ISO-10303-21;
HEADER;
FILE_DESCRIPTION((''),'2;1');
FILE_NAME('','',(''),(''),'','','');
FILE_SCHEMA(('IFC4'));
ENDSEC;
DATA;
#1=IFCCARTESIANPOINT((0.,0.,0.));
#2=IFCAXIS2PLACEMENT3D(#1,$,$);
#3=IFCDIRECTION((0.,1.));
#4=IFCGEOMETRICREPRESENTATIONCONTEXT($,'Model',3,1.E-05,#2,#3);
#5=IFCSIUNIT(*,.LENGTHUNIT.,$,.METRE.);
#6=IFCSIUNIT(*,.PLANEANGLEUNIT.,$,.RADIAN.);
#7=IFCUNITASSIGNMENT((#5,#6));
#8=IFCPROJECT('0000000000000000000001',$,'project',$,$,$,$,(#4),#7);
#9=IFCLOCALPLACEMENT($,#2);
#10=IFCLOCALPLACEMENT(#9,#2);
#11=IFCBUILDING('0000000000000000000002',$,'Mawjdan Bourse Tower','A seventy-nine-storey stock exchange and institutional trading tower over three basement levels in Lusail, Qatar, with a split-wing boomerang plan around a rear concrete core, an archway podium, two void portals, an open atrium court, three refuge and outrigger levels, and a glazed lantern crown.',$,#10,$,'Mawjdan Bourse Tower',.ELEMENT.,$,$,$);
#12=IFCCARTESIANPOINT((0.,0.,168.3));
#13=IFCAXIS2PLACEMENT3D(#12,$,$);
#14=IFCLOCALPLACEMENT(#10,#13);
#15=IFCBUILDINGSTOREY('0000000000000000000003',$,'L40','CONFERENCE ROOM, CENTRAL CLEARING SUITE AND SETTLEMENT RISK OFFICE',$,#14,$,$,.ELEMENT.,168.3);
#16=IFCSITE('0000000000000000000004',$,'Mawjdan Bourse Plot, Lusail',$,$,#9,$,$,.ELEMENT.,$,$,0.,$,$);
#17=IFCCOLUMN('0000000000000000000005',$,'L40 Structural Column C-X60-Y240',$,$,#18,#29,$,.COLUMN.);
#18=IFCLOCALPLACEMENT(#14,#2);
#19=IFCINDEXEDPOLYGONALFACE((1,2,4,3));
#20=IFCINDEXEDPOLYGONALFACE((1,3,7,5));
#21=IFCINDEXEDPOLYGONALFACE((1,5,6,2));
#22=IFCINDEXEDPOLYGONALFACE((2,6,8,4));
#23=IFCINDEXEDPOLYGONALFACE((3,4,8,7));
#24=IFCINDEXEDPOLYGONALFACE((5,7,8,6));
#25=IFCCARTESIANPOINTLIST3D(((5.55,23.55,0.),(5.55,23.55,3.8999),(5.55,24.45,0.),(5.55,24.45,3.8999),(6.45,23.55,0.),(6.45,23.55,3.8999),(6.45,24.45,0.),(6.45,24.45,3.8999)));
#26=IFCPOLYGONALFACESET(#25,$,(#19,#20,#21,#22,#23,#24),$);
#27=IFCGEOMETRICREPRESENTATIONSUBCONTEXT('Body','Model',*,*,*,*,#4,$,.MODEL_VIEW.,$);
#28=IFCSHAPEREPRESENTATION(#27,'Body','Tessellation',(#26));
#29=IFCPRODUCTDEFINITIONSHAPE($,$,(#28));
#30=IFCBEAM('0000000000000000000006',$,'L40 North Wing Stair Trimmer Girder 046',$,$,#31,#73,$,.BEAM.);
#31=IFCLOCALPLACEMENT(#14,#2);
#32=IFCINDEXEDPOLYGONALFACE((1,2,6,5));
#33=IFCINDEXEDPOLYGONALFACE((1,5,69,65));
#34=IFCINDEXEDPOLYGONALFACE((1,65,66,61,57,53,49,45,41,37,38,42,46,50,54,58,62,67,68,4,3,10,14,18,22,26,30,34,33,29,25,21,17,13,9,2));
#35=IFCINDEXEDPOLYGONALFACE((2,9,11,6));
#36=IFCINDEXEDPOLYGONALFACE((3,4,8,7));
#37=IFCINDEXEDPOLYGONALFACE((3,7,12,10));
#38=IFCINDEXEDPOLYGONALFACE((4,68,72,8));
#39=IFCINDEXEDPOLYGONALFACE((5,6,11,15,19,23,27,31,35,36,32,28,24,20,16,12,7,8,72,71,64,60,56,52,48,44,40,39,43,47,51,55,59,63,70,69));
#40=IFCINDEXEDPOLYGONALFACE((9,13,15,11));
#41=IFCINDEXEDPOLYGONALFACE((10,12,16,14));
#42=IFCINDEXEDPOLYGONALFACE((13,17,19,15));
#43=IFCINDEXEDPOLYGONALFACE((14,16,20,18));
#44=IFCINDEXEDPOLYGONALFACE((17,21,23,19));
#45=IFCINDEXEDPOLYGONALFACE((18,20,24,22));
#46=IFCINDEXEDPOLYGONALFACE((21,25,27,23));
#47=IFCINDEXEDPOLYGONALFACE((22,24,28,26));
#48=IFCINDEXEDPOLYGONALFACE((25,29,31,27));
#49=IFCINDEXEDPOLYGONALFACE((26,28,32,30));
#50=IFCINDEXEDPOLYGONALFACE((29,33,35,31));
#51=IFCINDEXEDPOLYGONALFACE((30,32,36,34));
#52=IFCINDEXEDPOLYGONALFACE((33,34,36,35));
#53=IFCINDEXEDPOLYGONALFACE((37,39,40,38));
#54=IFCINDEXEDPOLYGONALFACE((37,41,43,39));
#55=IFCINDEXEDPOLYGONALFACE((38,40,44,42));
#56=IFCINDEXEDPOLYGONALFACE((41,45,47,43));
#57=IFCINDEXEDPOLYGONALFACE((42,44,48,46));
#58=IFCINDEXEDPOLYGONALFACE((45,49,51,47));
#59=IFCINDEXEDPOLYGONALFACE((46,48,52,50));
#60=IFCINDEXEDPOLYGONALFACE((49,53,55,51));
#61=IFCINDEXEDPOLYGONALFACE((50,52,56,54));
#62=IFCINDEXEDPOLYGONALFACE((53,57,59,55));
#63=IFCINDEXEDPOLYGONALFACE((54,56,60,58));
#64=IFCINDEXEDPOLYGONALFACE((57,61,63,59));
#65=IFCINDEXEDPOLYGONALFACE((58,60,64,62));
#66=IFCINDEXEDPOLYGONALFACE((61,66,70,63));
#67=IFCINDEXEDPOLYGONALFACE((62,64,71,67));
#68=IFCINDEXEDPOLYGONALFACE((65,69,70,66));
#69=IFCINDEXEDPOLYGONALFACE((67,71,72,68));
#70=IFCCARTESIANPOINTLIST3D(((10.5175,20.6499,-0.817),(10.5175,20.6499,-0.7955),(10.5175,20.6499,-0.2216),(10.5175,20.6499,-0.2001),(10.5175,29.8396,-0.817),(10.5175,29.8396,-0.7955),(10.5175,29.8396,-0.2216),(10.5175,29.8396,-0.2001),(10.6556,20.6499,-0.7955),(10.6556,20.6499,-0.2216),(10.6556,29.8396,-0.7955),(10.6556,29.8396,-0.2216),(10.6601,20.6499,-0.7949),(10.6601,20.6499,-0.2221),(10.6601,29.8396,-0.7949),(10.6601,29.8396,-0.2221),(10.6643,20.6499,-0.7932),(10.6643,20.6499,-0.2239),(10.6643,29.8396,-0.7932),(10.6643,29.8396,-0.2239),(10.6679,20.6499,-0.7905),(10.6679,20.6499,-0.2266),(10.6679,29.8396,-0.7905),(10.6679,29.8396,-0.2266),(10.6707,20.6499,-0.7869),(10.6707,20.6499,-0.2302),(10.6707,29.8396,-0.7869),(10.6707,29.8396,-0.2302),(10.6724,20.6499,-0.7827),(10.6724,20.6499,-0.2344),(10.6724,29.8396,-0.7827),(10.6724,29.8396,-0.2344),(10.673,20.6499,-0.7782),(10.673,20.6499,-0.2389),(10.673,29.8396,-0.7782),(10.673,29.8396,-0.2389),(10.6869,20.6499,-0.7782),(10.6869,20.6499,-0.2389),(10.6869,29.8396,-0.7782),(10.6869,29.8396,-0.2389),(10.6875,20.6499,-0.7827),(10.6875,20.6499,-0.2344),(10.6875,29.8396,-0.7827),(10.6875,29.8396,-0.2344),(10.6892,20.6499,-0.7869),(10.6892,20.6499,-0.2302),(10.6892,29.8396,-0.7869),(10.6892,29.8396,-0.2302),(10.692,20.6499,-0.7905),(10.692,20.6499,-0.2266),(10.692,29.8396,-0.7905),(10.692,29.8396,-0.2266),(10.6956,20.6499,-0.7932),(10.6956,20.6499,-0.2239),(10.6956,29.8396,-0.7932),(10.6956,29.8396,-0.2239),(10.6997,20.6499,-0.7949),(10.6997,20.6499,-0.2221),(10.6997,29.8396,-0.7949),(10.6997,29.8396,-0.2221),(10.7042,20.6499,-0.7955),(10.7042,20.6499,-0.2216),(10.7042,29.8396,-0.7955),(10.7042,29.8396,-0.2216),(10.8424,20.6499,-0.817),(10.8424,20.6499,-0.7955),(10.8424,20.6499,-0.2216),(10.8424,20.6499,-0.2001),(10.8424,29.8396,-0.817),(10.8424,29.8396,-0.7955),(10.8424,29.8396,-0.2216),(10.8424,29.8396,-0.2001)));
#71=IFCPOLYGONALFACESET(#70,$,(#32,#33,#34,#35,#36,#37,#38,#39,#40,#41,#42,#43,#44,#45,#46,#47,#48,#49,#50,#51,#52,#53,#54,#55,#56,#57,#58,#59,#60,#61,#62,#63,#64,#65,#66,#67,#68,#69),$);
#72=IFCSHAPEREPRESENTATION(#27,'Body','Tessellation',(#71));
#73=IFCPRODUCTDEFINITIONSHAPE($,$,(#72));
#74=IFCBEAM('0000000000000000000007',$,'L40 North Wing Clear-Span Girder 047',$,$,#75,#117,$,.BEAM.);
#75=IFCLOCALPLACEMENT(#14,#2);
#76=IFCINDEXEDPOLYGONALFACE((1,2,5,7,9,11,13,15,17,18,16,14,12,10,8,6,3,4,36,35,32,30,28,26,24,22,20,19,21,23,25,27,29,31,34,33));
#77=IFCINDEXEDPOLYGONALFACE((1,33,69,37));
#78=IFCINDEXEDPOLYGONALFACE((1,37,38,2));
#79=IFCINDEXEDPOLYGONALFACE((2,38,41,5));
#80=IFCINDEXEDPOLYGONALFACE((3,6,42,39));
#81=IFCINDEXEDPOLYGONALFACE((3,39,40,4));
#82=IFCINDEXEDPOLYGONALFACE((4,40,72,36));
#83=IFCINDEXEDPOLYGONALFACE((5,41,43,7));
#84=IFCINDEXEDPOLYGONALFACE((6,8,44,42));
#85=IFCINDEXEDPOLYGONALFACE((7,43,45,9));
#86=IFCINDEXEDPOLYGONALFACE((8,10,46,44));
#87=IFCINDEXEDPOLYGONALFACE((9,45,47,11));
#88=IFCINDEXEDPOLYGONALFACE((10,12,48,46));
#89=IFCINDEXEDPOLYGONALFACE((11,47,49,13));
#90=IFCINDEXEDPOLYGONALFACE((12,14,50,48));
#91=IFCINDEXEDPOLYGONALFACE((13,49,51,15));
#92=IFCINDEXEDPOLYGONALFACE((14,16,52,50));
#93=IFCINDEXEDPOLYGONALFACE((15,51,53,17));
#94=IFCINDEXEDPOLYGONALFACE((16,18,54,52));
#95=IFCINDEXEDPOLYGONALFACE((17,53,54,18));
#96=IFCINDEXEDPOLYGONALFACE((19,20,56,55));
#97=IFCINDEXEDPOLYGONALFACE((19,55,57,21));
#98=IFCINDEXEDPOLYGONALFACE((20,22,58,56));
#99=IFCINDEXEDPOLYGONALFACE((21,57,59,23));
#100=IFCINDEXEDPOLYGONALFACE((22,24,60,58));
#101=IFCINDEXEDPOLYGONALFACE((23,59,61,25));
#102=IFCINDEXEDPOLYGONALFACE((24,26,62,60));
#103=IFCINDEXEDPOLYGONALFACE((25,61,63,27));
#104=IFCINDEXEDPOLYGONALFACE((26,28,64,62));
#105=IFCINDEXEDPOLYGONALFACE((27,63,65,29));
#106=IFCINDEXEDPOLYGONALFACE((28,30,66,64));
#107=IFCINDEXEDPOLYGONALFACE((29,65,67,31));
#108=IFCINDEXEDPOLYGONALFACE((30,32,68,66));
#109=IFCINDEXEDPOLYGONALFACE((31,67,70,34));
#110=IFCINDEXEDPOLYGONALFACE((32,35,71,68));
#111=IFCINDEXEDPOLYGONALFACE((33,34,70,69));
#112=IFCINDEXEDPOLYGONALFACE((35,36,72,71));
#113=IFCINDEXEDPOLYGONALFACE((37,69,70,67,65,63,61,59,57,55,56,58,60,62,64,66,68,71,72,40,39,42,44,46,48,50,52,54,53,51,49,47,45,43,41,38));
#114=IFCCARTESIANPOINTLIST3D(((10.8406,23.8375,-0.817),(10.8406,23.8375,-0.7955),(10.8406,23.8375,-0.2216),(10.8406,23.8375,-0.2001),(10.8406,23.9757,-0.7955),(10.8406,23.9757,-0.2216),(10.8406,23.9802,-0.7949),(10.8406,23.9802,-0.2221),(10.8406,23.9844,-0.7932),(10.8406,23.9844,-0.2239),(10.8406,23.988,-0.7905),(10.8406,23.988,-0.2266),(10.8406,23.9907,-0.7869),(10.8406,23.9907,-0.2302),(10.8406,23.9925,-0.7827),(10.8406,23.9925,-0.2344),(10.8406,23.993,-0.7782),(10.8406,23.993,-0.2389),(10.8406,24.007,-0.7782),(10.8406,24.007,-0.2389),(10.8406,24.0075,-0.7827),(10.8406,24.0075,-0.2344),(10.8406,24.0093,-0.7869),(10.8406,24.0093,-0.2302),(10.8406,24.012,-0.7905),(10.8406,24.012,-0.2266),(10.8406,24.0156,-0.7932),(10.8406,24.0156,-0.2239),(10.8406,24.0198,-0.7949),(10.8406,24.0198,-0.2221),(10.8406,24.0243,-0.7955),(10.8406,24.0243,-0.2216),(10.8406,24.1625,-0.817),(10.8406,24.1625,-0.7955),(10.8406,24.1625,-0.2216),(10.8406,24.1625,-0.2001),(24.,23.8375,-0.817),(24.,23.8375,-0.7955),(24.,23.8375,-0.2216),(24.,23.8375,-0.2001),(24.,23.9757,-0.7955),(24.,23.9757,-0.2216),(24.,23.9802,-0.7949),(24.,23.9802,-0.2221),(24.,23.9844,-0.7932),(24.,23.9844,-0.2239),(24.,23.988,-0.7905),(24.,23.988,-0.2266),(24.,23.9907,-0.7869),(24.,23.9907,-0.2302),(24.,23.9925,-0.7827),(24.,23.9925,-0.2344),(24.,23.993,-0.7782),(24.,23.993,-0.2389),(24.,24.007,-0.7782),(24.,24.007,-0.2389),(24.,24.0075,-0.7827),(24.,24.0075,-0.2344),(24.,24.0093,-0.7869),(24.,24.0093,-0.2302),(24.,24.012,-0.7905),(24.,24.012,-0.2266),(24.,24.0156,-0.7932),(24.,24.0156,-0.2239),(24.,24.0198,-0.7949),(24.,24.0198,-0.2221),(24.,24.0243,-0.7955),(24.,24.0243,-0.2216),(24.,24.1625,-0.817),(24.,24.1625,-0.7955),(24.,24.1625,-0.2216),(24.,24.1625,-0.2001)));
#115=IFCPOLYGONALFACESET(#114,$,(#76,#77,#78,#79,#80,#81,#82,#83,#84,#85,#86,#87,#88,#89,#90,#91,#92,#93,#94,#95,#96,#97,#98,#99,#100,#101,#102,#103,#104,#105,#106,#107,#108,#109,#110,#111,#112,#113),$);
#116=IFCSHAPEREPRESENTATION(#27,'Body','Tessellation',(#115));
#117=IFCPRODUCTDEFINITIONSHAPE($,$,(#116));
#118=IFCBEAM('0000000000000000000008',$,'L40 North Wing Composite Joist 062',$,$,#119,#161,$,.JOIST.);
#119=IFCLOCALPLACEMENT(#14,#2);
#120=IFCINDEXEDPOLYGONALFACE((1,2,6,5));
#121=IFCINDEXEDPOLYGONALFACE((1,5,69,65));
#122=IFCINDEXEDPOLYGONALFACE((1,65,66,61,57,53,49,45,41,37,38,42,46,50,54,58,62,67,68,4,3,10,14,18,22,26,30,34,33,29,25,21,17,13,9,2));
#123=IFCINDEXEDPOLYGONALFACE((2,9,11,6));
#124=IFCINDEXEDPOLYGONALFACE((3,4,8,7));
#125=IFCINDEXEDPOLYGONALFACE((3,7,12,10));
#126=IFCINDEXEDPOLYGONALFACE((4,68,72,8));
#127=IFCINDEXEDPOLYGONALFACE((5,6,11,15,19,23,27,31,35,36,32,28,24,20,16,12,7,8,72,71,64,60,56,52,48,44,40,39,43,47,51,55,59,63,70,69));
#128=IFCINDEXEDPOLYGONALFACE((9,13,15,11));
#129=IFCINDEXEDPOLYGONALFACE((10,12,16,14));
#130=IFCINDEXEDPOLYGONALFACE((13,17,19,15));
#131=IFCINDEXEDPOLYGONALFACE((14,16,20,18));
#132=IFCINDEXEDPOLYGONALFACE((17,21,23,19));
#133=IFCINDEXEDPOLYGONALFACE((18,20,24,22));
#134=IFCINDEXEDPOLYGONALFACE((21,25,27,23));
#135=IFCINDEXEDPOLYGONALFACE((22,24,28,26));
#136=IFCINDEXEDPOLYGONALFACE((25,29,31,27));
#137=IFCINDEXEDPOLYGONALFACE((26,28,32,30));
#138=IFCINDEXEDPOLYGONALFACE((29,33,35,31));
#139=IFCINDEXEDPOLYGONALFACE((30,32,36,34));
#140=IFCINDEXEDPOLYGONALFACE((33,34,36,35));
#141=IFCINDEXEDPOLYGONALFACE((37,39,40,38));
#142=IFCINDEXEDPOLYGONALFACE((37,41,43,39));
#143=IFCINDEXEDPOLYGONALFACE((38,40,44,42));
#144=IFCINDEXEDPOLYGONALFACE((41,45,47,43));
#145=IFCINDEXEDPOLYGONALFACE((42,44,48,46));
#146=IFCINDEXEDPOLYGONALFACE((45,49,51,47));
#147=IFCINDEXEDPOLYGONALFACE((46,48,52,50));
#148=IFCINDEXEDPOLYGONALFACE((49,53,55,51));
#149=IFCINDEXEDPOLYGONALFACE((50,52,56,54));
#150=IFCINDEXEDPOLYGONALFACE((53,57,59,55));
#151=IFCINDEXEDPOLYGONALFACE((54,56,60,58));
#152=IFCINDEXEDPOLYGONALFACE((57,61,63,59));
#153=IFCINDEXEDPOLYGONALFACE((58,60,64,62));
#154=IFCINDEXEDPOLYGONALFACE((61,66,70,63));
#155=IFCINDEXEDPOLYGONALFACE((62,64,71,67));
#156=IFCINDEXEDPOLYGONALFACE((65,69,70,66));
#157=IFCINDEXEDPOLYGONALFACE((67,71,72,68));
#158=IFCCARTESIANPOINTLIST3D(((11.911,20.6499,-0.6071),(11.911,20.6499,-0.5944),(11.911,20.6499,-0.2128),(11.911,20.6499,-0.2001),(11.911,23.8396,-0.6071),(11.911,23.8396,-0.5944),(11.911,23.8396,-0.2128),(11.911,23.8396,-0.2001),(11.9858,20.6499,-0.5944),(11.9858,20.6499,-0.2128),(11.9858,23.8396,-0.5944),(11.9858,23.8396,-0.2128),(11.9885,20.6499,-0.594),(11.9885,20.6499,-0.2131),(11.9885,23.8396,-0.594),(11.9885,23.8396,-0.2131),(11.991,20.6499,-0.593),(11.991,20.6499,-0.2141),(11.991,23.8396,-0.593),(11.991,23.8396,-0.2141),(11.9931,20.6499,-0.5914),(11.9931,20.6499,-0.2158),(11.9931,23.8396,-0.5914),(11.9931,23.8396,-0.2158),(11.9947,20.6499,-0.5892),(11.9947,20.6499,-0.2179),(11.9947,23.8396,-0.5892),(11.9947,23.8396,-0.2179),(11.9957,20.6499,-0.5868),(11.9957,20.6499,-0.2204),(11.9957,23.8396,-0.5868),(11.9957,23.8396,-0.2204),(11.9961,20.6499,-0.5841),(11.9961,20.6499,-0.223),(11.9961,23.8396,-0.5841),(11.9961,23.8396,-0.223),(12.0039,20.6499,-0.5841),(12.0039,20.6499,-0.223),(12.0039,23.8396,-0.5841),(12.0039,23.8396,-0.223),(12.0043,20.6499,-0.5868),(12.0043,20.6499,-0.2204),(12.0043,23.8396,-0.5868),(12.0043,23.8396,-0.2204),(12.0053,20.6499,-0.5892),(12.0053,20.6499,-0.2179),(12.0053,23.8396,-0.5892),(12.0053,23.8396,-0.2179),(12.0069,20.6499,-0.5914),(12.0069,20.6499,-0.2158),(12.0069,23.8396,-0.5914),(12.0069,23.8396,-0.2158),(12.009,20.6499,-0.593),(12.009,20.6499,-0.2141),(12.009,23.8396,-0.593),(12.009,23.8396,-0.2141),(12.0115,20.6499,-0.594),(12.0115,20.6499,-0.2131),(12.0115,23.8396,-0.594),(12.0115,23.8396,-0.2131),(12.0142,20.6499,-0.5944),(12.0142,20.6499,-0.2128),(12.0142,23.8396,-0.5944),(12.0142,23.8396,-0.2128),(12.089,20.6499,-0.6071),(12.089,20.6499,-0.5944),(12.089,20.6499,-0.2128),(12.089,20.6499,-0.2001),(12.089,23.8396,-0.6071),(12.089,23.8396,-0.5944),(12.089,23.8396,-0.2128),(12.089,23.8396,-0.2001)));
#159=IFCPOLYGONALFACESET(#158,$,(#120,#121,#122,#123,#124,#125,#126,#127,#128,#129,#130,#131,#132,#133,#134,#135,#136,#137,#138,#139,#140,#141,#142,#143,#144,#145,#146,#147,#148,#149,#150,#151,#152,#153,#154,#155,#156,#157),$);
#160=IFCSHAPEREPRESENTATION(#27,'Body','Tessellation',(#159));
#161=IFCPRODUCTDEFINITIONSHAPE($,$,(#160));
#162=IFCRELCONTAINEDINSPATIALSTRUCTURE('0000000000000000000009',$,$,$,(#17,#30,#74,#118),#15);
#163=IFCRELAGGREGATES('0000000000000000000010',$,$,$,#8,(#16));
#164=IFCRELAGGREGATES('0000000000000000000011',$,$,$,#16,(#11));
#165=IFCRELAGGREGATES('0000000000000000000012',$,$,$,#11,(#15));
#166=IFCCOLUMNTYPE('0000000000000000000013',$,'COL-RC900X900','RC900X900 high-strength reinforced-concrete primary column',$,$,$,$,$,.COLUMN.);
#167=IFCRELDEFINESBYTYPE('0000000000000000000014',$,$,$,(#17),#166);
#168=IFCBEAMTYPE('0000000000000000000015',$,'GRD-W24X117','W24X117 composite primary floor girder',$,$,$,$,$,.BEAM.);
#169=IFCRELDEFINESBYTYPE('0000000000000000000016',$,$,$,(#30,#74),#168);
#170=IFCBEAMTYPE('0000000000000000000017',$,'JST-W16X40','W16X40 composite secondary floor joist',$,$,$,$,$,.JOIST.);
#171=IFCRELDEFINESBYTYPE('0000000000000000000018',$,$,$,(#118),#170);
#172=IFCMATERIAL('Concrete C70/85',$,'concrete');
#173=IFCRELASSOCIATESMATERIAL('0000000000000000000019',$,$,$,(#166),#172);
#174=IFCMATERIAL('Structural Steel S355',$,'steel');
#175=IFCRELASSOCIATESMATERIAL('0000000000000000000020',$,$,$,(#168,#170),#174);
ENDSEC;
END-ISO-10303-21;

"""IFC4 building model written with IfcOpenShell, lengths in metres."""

from ifc_helpers import new_model, si_unit, direction, frame, origin, origin_2d, place, context, subcontext, project, spatial, rectangle, i_section, extrude, material, material_profile, profile_set, type_object, element, save


model = new_model("IFC4")

# Units and contexts
model_context = context("Model", 3, precision=1e-05, world=origin(), true_north=direction((0.0, 1.0)))
body_context = subcontext(model_context, "Body", "Model", "MODEL_VIEW")
ifc_project = project(units=[si_unit("LENGTHUNIT", "METRE"), si_unit("PLANEANGLEUNIT", "RADIAN")], contexts=[model_context])

# Site, building, storey
site_placement = place(None, origin())
site = spatial("IfcSite", under=ifc_project, at=site_placement, Name="Mawjdan Bourse Plot, Lusail", CompositionType="ELEMENT", RefElevation=0.0)
building_placement = place(site_placement, origin())
building = spatial("IfcBuilding", under=site, at=building_placement, Name="Mawjdan Bourse Tower", Description="A seventy-nine-storey stock exchange and institutional trading tower over three basement levels in Lusail, Qatar, with a split-wing boomerang plan around a rear concrete core, an archway podium, two void portals, an open atrium court, three refuge and outrigger levels, and a glazed lantern crown.", LongName="Mawjdan Bourse Tower", CompositionType="ELEMENT")
storey_placement = place(building_placement, frame((0.0, 0.0, 168.3)))
storey = spatial("IfcBuildingStorey", under=building, at=storey_placement, Name="L40", Description="CONFERENCE ROOM, CENTRAL CLEARING SUITE AND SETTLEMENT RISK OFFICE", CompositionType="ELEMENT", Elevation=168.3)

# Column
ifc_material_1 = material(Name="Concrete C70/85", Category="concrete")
ifc_material_profile_1 = material_profile(ifc_material_1, rectangle(XDim=0.8999, YDim=0.8999, at=origin_2d()), Name="RC900X900")
ifc_profile_set_1 = profile_set([ifc_material_profile_1], Name="Concrete C70/85")
column_type = type_object("IfcColumnType", Name="COL-RC900X900", Description="RC900X900 high-strength reinforced-concrete primary column", PredefinedType="COLUMN", material=ifc_profile_set_1)
column_placement = place(storey_placement, frame((6.0, 24.0, 0.0), z_axis=(0.0, 0.0, 1.0), x_axis=(1.0, 0.0, 0.0)))
element("IfcColumn", 1, at=column_placement, inside=storey, type_object=column_type, Name="L40 Structural Column C-X60-Y240", PredefinedType="COLUMN", context=body_context, shape_type="SweptSolid", body=[
    extrude(rectangle(XDim=0.8999, YDim=0.8999, at=origin_2d()), origin(), (0.0, 0.0, 1.0), 3.8999),
])

# Beams
ifc_material_2 = material(Name="Structural Steel S355", Category="steel")
ifc_material_profile_2 = material_profile(ifc_material_2, i_section(OverallWidth=0.325, OverallDepth=0.6169, WebThickness=0.0139, FlangeThickness=0.0215, FilletRadius=0.0173, at=origin_2d()), Name="W24X117")
ifc_profile_set_2 = profile_set([ifc_material_profile_2], Name="Structural Steel S355")
beam_type_1 = type_object("IfcBeamType", Name="GRD-W24X117", Description="W24X117 composite primary floor girder", PredefinedType="BEAM", material=ifc_profile_set_2)
beam_1_placement = place(storey_placement, frame((10.6799, 20.6499, -0.5085), z_axis=(0.0, 1.0, 0.0), x_axis=(-1.0, 0.0, 0.0)))
element("IfcBeam", 2, at=beam_1_placement, inside=storey, type_object=beam_type_1, Name="L40 North Wing Stair Trimmer Girder 046", PredefinedType="BEAM", context=body_context, shape_type="SweptSolid", body=[
    extrude(i_section(OverallWidth=0.325, OverallDepth=0.6169, WebThickness=0.0139, FlangeThickness=0.0215, FilletRadius=0.0173, at=origin_2d()), origin(), (0.0, 0.0, 1.0), 9.1897),
])
beam_2_placement = place(storey_placement, frame((10.8406, 24.0, -0.5085), z_axis=(1.0, 0.0, 0.0), x_axis=(0.0, 1.0, 0.0)))
element("IfcBeam", 3, at=beam_2_placement, inside=storey, type_object=beam_type_1, Name="L40 North Wing Clear-Span Girder 047", PredefinedType="BEAM", context=body_context, shape_type="SweptSolid", body=[
    extrude(i_section(OverallWidth=0.325, OverallDepth=0.6169, WebThickness=0.0139, FlangeThickness=0.0215, FilletRadius=0.0173, at=origin_2d()), origin(), (0.0, 0.0, 1.0), 13.1594),
])
ifc_material_profile_3 = material_profile(ifc_material_2, i_section(OverallWidth=0.178, OverallDepth=0.407, WebThickness=0.0078, FlangeThickness=0.0127, FilletRadius=0.0103, at=origin_2d()), Name="W16X40")
ifc_profile_set_3 = profile_set([ifc_material_profile_3], Name="Structural Steel S355")
beam_type_2 = type_object("IfcBeamType", Name="JST-W16X40", Description="W16X40 composite secondary floor joist", PredefinedType="JOIST", material=ifc_profile_set_3)
beam_3_placement = place(storey_placement, frame((12.0, 20.6499, -0.4036), z_axis=(0.0, 1.0, 0.0), x_axis=(-1.0, 0.0, 0.0)))
element("IfcBeam", 4, at=beam_3_placement, inside=storey, type_object=beam_type_2, Name="L40 North Wing Composite Joist 062", PredefinedType="JOIST", context=body_context, shape_type="SweptSolid", body=[
    extrude(i_section(OverallWidth=0.178, OverallDepth=0.407, WebThickness=0.0078, FlangeThickness=0.0127, FilletRadius=0.0103, at=origin_2d()), origin(), (0.0, 0.0, 1.0), 3.1897),
])

save(model, "model.ifc")
